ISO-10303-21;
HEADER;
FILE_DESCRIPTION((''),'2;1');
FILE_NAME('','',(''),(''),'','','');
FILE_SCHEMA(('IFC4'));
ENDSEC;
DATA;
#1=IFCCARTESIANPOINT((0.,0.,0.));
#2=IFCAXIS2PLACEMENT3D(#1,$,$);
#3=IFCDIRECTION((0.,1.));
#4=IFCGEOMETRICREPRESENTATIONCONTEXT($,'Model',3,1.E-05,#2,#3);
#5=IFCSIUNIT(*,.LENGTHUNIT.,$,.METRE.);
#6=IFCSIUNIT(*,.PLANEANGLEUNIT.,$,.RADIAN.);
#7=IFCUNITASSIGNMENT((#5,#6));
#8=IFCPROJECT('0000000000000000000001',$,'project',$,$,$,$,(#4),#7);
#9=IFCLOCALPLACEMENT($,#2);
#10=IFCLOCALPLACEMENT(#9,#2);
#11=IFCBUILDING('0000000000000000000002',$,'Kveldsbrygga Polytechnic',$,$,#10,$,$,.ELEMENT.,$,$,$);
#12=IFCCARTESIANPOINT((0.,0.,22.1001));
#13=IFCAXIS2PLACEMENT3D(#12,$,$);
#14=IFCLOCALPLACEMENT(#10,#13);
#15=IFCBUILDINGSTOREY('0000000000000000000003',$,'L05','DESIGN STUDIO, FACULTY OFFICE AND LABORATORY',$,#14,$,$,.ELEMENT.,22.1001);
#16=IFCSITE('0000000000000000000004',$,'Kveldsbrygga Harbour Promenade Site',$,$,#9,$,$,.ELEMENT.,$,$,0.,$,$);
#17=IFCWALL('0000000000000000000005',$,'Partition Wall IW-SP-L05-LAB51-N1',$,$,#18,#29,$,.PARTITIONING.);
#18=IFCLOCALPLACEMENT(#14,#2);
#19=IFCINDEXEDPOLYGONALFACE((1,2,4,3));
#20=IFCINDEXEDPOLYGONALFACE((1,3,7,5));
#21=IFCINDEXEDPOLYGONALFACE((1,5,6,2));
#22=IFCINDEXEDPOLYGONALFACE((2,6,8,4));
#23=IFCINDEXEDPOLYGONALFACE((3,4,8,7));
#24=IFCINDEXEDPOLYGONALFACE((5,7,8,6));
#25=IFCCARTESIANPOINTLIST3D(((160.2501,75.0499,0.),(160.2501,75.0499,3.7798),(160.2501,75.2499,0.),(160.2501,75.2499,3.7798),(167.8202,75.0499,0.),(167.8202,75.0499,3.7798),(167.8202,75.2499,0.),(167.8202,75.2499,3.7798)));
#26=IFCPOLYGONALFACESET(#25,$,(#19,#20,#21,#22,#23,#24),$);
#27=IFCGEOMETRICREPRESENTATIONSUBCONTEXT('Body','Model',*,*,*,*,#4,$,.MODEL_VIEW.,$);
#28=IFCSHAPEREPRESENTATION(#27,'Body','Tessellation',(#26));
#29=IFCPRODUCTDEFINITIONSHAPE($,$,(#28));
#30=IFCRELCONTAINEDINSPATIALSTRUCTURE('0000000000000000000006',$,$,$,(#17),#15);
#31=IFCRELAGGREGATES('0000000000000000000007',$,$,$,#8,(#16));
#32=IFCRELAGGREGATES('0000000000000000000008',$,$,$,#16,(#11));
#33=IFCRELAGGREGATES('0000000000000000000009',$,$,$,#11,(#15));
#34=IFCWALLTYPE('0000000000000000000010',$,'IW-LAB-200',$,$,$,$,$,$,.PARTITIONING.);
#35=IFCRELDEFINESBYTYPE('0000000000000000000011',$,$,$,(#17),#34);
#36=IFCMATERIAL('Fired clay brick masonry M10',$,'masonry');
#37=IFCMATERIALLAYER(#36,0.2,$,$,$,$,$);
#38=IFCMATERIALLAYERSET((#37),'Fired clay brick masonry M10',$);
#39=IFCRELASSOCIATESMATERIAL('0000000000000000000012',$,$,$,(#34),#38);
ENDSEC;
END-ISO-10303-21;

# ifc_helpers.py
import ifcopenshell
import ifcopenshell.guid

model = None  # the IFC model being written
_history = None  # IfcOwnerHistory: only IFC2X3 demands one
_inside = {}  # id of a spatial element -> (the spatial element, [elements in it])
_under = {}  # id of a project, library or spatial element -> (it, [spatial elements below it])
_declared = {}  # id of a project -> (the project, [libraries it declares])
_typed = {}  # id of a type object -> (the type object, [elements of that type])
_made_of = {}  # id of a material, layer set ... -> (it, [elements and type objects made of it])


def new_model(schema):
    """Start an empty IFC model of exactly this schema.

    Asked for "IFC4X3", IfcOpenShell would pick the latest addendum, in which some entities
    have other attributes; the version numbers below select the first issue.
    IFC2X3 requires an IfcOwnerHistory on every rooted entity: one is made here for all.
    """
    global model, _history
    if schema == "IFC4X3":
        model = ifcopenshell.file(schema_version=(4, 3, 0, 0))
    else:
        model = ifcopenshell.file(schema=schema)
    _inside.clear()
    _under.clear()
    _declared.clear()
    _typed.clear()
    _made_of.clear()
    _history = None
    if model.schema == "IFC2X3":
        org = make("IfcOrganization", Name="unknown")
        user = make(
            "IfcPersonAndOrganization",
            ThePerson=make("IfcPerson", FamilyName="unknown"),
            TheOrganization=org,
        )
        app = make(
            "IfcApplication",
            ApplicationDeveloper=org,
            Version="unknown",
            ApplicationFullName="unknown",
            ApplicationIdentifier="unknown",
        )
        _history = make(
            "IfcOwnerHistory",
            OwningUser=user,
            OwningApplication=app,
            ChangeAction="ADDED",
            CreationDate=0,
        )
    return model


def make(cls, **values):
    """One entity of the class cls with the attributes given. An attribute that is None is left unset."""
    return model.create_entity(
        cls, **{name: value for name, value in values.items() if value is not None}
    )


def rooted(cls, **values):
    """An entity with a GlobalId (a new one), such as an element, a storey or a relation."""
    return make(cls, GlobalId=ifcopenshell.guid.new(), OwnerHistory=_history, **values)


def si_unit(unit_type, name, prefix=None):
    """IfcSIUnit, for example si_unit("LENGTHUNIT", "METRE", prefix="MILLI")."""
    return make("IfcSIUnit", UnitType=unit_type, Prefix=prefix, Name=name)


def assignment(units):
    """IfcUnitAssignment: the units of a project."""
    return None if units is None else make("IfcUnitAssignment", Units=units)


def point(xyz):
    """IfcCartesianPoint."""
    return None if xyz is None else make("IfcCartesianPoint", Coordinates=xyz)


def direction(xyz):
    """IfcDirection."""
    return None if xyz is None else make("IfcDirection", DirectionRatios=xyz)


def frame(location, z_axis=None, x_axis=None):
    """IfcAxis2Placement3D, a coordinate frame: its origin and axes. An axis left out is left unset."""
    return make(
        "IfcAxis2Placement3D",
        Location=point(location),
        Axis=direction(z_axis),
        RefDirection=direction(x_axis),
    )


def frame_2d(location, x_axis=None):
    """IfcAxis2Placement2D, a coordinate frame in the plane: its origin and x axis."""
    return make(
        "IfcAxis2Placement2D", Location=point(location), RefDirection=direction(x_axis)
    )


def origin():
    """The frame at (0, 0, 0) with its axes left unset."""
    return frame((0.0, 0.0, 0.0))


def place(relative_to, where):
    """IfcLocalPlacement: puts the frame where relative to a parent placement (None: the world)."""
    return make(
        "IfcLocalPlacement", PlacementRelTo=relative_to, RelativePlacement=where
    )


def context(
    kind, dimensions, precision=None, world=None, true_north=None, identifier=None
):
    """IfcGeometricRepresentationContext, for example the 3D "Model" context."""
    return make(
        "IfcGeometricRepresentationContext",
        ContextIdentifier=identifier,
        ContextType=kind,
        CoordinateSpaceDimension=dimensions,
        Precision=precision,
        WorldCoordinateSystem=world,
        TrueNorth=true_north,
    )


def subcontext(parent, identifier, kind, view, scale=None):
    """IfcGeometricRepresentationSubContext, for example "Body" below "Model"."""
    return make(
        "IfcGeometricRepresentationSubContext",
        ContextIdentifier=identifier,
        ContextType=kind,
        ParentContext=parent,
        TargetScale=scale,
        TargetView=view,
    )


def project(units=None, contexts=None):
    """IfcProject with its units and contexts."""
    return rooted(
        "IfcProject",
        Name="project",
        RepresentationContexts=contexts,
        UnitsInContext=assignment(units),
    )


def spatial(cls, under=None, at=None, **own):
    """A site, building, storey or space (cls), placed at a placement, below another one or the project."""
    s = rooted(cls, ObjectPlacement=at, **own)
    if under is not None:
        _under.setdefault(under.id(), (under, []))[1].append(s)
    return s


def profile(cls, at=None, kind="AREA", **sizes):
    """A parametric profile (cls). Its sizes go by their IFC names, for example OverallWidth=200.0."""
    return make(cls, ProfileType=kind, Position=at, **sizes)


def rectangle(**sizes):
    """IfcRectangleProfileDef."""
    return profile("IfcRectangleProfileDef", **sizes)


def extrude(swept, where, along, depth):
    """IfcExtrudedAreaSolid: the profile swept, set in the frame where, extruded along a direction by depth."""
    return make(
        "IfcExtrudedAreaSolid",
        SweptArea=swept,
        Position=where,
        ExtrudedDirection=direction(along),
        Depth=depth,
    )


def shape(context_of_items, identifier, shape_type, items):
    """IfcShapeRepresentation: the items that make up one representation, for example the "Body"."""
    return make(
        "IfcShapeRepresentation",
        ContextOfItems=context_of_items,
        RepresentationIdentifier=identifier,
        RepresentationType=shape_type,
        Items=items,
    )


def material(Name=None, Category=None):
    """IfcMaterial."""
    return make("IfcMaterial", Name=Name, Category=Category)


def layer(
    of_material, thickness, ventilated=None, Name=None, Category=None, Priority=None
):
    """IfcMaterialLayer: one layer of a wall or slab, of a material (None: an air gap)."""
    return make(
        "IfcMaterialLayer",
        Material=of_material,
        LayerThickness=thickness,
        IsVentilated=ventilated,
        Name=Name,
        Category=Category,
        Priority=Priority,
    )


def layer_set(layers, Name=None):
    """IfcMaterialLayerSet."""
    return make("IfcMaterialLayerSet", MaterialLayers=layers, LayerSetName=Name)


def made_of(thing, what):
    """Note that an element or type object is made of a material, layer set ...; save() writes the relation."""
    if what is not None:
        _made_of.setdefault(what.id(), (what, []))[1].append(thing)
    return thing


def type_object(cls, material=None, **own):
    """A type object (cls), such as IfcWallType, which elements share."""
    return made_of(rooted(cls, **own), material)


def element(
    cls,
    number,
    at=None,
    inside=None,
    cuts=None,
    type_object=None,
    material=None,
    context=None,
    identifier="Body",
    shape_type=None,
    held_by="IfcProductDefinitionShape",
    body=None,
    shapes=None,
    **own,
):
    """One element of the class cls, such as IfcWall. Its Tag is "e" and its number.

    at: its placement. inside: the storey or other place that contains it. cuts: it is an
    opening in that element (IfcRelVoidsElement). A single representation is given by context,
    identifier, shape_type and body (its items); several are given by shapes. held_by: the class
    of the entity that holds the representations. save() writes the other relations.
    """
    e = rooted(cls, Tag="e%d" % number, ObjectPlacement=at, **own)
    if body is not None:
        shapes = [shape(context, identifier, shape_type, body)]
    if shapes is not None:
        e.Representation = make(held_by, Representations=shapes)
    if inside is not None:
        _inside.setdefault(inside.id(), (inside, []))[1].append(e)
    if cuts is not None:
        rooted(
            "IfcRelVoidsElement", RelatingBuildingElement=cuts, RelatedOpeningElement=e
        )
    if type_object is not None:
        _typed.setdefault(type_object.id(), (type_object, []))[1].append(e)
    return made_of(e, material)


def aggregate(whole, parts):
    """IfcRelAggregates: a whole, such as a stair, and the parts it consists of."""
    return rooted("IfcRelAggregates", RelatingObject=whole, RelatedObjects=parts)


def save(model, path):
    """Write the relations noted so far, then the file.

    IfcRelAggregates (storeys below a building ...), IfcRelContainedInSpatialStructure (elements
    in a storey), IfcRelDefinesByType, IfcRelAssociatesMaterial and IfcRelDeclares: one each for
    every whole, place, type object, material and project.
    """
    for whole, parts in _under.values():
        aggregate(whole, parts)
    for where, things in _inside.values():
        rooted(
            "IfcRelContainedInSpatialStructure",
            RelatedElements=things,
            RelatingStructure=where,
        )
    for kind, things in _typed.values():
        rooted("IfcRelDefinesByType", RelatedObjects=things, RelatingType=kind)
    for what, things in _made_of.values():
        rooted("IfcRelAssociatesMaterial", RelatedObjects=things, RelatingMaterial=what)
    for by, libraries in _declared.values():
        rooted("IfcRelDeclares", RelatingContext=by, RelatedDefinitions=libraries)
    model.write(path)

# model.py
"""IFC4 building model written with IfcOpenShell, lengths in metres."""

from ifc_helpers import new_model, si_unit, direction, frame, frame_2d, origin, place, context, subcontext, project, spatial, rectangle, extrude, material, layer, layer_set, type_object, element, save


model = new_model("IFC4")

# Units and contexts
model_context = context("Model", 3, precision=1e-05, world=origin(), true_north=direction((0.0, 1.0)))
body_context = subcontext(model_context, "Body", "Model", "MODEL_VIEW")
ifc_project = project(units=[si_unit("LENGTHUNIT", "METRE"), si_unit("PLANEANGLEUNIT", "RADIAN")], contexts=[model_context])

# Site, building, storey
site_placement = place(None, origin())
site = spatial("IfcSite", under=ifc_project, at=site_placement, Name="Kveldsbrygga Harbour Promenade Site", CompositionType="ELEMENT", RefElevation=0.0)
building_placement = place(site_placement, origin())
building = spatial("IfcBuilding", under=site, at=building_placement, Name="Kveldsbrygga Polytechnic", CompositionType="ELEMENT")
storey_placement = place(building_placement, frame((0.0, 0.0, 22.1001)))
storey = spatial("IfcBuildingStorey", under=building, at=storey_placement, Name="L05", Description="DESIGN STUDIO, FACULTY OFFICE AND LABORATORY", CompositionType="ELEMENT", Elevation=22.1001)

# Shared definitions
ifc_material_1 = material(Name="Fired clay brick masonry M10", Category="masonry")

# Wall
ifc_layer_1 = layer(ifc_material_1, 0.2)
ifc_layer_set_1 = layer_set([ifc_layer_1], Name="Fired clay brick masonry M10")
wall_type_1 = type_object("IfcWallType", Name="IW-LAB-200", PredefinedType="PARTITIONING", material=ifc_layer_set_1)
wall_1_placement = place(storey_placement, frame((160.25, 75.1499, 0.0), z_axis=(0.0, 0.0, 1.0), x_axis=(1.0, 0.0, 0.0)))
element("IfcWall", 1, at=wall_1_placement, inside=storey, type_object=wall_type_1, Name="Partition Wall IW-SP-L05-LAB51-N1", PredefinedType="PARTITIONING", context=body_context, shape_type="SweptSolid", body=[
    extrude(rectangle(XDim=7.5701, YDim=0.2, at=frame_2d((3.7852, 0.0))), origin(), (0.0, 0.0, 1.0), 3.7798),
])

save(model, "model.ifc")
